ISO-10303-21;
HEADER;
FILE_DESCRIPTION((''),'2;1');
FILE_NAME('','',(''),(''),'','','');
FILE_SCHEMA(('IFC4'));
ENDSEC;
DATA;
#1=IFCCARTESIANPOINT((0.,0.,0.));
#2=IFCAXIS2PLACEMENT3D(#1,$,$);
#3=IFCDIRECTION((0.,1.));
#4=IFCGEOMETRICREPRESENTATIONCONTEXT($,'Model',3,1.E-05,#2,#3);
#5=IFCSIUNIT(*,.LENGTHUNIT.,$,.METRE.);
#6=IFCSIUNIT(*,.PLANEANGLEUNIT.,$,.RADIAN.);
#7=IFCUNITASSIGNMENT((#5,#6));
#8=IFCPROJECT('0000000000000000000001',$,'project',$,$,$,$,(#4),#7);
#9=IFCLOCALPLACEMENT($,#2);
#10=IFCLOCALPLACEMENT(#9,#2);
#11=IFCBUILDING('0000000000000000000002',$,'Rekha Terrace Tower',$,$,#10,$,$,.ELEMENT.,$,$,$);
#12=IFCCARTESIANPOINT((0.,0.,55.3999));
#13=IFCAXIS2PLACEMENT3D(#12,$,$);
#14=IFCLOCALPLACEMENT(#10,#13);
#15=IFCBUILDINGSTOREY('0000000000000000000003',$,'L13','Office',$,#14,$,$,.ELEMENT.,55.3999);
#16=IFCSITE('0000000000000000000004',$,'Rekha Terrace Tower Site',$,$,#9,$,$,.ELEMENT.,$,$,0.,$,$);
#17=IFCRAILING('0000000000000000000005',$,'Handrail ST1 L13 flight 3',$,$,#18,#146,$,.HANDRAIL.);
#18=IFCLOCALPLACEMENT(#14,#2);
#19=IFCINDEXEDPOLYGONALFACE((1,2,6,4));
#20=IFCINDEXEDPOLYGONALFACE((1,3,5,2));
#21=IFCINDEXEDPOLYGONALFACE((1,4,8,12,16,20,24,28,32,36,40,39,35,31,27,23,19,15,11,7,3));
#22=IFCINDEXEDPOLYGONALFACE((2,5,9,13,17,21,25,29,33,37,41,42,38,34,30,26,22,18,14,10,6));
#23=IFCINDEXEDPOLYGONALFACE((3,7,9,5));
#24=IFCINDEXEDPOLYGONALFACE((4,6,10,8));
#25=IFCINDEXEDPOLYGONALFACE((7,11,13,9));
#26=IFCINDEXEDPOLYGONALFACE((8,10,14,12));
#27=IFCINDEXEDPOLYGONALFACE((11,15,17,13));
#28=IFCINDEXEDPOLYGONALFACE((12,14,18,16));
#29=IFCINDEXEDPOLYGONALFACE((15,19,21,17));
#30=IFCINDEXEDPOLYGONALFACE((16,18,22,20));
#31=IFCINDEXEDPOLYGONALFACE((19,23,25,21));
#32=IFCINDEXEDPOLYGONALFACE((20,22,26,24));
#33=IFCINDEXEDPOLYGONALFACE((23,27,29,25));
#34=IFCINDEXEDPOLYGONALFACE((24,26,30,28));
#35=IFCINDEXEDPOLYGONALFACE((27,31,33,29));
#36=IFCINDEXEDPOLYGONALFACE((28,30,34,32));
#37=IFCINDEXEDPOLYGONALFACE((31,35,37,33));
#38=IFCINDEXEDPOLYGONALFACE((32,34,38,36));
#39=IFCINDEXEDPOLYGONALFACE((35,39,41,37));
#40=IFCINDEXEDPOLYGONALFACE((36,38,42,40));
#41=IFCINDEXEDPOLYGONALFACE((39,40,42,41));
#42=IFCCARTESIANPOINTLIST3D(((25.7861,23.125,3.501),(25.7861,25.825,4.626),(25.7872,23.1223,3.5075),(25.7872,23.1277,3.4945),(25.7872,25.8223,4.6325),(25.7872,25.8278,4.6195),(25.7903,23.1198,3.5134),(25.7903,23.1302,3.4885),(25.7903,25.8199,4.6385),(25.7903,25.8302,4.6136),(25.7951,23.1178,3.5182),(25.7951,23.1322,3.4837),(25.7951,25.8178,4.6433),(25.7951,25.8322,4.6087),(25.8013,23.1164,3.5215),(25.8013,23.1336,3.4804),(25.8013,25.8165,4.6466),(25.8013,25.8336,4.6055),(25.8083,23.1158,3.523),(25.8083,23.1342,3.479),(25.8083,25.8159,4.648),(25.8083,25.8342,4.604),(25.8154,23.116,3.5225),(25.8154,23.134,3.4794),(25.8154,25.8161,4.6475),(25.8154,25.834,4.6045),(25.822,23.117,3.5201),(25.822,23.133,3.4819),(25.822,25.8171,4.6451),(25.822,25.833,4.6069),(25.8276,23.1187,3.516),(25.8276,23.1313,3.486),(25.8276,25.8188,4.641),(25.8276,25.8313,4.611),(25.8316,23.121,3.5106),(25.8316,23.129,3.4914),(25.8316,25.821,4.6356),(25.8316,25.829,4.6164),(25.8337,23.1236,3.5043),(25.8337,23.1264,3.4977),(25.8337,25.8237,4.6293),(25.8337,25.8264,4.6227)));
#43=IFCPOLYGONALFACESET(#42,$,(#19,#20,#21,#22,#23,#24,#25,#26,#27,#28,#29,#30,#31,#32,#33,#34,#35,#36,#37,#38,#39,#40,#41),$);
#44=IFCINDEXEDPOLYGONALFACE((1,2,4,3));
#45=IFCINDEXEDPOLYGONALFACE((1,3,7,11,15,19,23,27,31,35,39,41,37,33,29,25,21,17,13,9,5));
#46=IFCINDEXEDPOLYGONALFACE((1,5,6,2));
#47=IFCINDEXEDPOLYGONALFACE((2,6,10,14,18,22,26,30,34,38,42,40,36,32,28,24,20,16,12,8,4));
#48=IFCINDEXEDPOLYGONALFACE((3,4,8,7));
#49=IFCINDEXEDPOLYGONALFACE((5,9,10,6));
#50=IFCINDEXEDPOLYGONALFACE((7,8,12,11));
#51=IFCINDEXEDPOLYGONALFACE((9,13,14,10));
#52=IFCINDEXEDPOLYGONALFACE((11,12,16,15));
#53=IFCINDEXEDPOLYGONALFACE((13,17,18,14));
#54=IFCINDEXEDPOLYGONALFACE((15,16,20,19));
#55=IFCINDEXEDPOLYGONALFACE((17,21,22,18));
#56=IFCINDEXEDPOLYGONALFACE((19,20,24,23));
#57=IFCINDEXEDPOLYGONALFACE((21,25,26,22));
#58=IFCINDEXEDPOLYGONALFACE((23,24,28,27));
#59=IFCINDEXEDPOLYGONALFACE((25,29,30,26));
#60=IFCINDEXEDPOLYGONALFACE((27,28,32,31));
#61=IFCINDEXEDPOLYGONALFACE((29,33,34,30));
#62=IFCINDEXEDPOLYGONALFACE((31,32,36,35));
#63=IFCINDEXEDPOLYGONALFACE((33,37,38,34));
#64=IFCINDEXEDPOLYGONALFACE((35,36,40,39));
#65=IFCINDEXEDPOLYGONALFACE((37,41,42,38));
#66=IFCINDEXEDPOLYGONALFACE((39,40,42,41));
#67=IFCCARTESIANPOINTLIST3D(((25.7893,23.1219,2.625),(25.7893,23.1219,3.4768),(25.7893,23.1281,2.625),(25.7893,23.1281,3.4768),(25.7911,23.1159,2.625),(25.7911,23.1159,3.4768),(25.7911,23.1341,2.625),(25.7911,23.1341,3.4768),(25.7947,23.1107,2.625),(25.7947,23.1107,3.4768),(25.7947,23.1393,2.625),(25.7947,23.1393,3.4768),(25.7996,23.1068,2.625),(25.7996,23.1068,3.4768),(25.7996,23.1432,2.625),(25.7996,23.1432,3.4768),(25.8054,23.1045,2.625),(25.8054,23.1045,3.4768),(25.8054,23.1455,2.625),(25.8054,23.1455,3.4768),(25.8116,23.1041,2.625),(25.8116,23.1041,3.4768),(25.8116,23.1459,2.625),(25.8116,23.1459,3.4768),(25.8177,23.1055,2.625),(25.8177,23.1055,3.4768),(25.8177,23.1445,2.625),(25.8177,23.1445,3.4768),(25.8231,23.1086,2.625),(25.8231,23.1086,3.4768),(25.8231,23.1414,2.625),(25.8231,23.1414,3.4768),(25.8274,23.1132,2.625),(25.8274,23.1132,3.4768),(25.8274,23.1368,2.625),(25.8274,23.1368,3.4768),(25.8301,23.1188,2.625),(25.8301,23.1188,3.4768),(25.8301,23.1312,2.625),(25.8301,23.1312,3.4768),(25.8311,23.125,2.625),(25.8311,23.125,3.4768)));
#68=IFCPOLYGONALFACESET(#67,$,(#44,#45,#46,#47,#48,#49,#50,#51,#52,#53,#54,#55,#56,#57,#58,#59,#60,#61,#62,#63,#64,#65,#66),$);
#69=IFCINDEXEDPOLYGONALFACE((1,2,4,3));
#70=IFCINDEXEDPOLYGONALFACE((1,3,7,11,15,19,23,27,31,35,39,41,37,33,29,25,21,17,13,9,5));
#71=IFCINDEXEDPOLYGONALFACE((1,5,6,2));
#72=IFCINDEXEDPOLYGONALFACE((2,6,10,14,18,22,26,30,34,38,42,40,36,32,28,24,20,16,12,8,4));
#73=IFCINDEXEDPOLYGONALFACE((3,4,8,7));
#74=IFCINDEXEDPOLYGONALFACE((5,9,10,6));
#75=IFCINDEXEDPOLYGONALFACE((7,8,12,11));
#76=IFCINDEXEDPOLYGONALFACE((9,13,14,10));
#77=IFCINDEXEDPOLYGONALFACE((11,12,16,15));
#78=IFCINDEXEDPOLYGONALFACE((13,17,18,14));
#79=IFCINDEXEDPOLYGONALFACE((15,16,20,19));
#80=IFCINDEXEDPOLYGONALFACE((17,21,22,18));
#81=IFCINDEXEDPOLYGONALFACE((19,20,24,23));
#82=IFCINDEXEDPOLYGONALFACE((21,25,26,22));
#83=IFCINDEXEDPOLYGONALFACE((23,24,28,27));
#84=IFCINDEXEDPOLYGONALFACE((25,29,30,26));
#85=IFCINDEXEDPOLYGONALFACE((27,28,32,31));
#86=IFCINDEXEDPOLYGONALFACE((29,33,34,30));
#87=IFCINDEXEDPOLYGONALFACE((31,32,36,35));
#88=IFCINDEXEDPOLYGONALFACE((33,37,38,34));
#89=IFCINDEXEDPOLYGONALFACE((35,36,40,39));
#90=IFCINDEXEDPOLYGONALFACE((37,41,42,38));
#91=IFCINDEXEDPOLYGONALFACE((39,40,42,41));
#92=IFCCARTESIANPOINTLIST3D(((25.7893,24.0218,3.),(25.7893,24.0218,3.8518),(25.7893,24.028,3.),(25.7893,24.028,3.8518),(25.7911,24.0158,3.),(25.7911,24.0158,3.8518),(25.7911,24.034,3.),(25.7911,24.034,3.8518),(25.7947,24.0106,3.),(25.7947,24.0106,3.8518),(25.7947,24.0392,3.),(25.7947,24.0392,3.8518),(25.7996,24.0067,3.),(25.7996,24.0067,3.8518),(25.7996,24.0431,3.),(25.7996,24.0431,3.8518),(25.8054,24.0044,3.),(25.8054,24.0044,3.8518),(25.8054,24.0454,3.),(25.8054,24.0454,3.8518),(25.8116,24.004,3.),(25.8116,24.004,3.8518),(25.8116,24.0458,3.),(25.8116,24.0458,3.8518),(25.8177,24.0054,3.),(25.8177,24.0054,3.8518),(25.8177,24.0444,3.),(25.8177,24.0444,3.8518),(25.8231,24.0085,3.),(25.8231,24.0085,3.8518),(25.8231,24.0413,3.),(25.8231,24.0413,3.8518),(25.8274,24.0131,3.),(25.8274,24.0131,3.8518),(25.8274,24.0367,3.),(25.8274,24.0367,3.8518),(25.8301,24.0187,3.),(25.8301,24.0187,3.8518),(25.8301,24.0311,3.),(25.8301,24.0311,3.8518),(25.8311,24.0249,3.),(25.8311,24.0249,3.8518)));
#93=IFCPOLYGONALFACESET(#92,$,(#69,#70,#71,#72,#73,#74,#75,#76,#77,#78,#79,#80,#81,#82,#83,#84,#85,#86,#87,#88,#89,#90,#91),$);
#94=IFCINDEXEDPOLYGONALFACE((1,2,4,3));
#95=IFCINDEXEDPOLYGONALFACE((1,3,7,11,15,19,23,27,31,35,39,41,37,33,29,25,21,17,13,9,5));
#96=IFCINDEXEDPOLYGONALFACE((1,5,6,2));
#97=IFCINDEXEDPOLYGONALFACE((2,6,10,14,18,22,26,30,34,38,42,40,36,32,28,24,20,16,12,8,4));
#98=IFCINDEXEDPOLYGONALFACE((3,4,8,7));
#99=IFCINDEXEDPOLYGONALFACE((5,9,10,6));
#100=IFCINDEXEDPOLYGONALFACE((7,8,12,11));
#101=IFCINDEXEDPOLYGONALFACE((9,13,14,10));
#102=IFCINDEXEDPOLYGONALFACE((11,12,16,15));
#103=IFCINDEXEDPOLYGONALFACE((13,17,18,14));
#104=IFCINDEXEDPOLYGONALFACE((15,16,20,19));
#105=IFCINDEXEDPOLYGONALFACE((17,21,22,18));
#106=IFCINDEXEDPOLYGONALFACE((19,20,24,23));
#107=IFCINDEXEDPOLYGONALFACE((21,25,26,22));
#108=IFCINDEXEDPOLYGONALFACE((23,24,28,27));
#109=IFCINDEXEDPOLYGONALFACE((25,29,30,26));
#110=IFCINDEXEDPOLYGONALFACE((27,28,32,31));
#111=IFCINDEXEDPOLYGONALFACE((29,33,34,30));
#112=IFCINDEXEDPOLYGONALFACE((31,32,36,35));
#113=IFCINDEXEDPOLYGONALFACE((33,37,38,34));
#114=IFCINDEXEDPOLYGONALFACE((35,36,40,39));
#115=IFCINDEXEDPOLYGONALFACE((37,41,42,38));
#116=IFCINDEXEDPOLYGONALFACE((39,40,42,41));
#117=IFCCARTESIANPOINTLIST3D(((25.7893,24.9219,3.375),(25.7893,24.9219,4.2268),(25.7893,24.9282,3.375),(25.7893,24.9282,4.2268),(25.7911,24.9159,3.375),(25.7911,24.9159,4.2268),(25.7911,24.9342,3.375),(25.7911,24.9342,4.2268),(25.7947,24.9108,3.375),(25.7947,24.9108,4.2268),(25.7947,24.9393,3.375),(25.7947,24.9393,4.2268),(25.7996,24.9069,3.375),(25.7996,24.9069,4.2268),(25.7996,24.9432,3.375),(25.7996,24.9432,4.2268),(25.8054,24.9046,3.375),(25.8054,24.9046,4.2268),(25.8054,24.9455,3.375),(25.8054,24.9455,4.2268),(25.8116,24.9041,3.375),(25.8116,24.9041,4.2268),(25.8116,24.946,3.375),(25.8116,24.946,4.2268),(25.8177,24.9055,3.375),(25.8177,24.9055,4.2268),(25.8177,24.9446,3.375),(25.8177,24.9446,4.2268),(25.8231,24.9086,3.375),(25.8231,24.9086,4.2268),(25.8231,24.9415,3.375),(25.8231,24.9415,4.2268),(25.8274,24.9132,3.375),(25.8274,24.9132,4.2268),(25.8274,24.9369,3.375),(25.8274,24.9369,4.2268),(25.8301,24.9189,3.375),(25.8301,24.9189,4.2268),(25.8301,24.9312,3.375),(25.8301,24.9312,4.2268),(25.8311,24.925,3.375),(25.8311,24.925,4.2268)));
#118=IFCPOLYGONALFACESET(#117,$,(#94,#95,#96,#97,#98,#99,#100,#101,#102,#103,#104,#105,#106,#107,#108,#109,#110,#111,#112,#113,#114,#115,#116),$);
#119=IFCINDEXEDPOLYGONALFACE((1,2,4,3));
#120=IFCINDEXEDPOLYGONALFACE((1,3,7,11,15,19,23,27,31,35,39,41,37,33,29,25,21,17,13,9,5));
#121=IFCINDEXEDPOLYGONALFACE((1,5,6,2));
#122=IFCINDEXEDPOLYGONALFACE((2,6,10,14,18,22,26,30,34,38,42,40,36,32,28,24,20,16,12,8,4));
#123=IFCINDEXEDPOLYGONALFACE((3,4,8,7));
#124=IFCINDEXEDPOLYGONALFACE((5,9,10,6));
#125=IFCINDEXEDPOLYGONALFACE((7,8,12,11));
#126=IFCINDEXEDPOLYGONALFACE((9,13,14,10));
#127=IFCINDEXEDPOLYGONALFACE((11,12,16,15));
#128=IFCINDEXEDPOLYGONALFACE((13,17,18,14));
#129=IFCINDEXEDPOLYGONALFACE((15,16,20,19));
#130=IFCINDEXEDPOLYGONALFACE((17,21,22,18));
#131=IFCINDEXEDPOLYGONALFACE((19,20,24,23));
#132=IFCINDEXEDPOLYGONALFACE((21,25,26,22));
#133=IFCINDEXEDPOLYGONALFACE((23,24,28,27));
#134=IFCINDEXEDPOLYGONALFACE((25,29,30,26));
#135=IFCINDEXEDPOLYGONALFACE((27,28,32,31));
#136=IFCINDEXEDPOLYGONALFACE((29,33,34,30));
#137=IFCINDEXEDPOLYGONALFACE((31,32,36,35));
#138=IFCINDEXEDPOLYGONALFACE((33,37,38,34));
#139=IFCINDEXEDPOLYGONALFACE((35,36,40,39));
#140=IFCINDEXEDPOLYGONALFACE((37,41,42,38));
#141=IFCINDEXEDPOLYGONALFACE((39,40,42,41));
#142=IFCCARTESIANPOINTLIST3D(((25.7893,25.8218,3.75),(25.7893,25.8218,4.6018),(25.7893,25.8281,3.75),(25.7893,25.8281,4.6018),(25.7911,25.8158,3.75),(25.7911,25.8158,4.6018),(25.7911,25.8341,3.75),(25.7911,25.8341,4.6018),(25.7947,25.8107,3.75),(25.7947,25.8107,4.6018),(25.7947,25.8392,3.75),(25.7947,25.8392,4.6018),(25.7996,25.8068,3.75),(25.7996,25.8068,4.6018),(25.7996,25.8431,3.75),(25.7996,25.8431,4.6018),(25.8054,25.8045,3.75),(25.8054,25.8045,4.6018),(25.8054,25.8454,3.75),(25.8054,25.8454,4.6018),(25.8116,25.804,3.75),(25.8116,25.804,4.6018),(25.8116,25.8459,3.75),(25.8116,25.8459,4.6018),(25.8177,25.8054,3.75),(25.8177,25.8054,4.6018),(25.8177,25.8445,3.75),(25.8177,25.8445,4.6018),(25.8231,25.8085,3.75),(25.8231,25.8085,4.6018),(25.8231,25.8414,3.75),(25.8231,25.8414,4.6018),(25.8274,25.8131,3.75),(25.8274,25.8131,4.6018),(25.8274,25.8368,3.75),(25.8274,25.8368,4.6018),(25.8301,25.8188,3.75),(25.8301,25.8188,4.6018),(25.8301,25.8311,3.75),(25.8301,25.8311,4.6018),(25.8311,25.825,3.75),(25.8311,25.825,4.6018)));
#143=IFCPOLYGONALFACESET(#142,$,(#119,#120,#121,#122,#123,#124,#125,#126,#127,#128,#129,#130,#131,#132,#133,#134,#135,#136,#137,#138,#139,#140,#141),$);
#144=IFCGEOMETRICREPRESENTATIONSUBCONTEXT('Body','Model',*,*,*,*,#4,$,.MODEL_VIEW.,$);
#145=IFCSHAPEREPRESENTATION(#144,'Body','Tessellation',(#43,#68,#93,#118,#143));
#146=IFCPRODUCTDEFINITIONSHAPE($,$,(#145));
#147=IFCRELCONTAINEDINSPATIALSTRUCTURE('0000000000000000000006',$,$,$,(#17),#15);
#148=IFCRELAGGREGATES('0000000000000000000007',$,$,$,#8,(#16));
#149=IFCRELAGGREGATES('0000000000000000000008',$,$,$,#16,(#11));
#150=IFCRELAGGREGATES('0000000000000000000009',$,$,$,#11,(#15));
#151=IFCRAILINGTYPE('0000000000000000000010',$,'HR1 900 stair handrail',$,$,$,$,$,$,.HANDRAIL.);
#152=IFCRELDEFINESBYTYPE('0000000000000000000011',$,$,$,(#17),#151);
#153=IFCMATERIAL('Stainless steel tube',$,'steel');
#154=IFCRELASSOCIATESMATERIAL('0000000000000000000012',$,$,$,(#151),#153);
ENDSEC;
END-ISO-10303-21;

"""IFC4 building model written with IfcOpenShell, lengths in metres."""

from ifc_helpers import new_model, si_unit, direction, frame, origin, origin_2d, place, context, subcontext, project, spatial, circle, extrude, material, type_object, element, save


model = new_model("IFC4")

# Units and contexts
model_context = context("Model", 3, precision=1e-05, world=origin(), true_north=direction((0.0, 1.0)))
body_context = subcontext(model_context, "Body", "Model", "MODEL_VIEW")
ifc_project = project(units=[si_unit("LENGTHUNIT", "METRE"), si_unit("PLANEANGLEUNIT", "RADIAN")], contexts=[model_context])

# Site, building, storey
site_placement = place(None, origin())
site = spatial("IfcSite", under=ifc_project, at=site_placement, Name="Rekha Terrace Tower Site", CompositionType="ELEMENT", RefElevation=0.0)
building_placement = place(site_placement, origin())
building = spatial("IfcBuilding", under=site, at=building_placement, Name="Rekha Terrace Tower", CompositionType="ELEMENT")
storey_placement = place(building_placement, frame((0.0, 0.0, 55.3999)))
storey = spatial("IfcBuildingStorey", under=building, at=storey_placement, Name="L13", Description="Office", CompositionType="ELEMENT", Elevation=55.3999)

# Railing
ifc_material_1 = material(Name="Stainless steel tube", Category="steel")
railing_type = type_object("IfcRailingType", Name="HR1 900 stair handrail", PredefinedType="HANDRAIL", material=ifc_material_1)
railing_placement = place(storey_placement, frame((25.8101, 23.125, 2.625)))
element("IfcRailing", 1, at=railing_placement, inside=storey, type_object=railing_type, Name="Handrail ST1 L13 flight 3", PredefinedType="HANDRAIL", context=body_context, shape_type="SweptSolid", body=[
    extrude(circle(Radius=0.0239, at=origin_2d()), frame((0.0, 0.0, 0.876), z_axis=(0.0, 0.923074, 0.384621), x_axis=(-1.0, 0.0, 0.0)), (0.0, 0.0, 1.0), 2.925),
    extrude(circle(Radius=0.021, at=origin_2d()), origin(), (0.0, 0.0, 1.0), 0.8518),
    extrude(circle(Radius=0.021, at=origin_2d()), frame((0.0, 0.8999, 0.375)), (0.0, 0.0, 1.0), 0.8518),
    extrude(circle(Radius=0.021, at=origin_2d()), frame((0.0, 1.8, 0.75)), (0.0, 0.0, 1.0), 0.8518),
    extrude(circle(Radius=0.021, at=origin_2d()), frame((0.0, 2.7, 1.125)), (0.0, 0.0, 1.0), 0.8518),
])

save(model, "model.ifc")
